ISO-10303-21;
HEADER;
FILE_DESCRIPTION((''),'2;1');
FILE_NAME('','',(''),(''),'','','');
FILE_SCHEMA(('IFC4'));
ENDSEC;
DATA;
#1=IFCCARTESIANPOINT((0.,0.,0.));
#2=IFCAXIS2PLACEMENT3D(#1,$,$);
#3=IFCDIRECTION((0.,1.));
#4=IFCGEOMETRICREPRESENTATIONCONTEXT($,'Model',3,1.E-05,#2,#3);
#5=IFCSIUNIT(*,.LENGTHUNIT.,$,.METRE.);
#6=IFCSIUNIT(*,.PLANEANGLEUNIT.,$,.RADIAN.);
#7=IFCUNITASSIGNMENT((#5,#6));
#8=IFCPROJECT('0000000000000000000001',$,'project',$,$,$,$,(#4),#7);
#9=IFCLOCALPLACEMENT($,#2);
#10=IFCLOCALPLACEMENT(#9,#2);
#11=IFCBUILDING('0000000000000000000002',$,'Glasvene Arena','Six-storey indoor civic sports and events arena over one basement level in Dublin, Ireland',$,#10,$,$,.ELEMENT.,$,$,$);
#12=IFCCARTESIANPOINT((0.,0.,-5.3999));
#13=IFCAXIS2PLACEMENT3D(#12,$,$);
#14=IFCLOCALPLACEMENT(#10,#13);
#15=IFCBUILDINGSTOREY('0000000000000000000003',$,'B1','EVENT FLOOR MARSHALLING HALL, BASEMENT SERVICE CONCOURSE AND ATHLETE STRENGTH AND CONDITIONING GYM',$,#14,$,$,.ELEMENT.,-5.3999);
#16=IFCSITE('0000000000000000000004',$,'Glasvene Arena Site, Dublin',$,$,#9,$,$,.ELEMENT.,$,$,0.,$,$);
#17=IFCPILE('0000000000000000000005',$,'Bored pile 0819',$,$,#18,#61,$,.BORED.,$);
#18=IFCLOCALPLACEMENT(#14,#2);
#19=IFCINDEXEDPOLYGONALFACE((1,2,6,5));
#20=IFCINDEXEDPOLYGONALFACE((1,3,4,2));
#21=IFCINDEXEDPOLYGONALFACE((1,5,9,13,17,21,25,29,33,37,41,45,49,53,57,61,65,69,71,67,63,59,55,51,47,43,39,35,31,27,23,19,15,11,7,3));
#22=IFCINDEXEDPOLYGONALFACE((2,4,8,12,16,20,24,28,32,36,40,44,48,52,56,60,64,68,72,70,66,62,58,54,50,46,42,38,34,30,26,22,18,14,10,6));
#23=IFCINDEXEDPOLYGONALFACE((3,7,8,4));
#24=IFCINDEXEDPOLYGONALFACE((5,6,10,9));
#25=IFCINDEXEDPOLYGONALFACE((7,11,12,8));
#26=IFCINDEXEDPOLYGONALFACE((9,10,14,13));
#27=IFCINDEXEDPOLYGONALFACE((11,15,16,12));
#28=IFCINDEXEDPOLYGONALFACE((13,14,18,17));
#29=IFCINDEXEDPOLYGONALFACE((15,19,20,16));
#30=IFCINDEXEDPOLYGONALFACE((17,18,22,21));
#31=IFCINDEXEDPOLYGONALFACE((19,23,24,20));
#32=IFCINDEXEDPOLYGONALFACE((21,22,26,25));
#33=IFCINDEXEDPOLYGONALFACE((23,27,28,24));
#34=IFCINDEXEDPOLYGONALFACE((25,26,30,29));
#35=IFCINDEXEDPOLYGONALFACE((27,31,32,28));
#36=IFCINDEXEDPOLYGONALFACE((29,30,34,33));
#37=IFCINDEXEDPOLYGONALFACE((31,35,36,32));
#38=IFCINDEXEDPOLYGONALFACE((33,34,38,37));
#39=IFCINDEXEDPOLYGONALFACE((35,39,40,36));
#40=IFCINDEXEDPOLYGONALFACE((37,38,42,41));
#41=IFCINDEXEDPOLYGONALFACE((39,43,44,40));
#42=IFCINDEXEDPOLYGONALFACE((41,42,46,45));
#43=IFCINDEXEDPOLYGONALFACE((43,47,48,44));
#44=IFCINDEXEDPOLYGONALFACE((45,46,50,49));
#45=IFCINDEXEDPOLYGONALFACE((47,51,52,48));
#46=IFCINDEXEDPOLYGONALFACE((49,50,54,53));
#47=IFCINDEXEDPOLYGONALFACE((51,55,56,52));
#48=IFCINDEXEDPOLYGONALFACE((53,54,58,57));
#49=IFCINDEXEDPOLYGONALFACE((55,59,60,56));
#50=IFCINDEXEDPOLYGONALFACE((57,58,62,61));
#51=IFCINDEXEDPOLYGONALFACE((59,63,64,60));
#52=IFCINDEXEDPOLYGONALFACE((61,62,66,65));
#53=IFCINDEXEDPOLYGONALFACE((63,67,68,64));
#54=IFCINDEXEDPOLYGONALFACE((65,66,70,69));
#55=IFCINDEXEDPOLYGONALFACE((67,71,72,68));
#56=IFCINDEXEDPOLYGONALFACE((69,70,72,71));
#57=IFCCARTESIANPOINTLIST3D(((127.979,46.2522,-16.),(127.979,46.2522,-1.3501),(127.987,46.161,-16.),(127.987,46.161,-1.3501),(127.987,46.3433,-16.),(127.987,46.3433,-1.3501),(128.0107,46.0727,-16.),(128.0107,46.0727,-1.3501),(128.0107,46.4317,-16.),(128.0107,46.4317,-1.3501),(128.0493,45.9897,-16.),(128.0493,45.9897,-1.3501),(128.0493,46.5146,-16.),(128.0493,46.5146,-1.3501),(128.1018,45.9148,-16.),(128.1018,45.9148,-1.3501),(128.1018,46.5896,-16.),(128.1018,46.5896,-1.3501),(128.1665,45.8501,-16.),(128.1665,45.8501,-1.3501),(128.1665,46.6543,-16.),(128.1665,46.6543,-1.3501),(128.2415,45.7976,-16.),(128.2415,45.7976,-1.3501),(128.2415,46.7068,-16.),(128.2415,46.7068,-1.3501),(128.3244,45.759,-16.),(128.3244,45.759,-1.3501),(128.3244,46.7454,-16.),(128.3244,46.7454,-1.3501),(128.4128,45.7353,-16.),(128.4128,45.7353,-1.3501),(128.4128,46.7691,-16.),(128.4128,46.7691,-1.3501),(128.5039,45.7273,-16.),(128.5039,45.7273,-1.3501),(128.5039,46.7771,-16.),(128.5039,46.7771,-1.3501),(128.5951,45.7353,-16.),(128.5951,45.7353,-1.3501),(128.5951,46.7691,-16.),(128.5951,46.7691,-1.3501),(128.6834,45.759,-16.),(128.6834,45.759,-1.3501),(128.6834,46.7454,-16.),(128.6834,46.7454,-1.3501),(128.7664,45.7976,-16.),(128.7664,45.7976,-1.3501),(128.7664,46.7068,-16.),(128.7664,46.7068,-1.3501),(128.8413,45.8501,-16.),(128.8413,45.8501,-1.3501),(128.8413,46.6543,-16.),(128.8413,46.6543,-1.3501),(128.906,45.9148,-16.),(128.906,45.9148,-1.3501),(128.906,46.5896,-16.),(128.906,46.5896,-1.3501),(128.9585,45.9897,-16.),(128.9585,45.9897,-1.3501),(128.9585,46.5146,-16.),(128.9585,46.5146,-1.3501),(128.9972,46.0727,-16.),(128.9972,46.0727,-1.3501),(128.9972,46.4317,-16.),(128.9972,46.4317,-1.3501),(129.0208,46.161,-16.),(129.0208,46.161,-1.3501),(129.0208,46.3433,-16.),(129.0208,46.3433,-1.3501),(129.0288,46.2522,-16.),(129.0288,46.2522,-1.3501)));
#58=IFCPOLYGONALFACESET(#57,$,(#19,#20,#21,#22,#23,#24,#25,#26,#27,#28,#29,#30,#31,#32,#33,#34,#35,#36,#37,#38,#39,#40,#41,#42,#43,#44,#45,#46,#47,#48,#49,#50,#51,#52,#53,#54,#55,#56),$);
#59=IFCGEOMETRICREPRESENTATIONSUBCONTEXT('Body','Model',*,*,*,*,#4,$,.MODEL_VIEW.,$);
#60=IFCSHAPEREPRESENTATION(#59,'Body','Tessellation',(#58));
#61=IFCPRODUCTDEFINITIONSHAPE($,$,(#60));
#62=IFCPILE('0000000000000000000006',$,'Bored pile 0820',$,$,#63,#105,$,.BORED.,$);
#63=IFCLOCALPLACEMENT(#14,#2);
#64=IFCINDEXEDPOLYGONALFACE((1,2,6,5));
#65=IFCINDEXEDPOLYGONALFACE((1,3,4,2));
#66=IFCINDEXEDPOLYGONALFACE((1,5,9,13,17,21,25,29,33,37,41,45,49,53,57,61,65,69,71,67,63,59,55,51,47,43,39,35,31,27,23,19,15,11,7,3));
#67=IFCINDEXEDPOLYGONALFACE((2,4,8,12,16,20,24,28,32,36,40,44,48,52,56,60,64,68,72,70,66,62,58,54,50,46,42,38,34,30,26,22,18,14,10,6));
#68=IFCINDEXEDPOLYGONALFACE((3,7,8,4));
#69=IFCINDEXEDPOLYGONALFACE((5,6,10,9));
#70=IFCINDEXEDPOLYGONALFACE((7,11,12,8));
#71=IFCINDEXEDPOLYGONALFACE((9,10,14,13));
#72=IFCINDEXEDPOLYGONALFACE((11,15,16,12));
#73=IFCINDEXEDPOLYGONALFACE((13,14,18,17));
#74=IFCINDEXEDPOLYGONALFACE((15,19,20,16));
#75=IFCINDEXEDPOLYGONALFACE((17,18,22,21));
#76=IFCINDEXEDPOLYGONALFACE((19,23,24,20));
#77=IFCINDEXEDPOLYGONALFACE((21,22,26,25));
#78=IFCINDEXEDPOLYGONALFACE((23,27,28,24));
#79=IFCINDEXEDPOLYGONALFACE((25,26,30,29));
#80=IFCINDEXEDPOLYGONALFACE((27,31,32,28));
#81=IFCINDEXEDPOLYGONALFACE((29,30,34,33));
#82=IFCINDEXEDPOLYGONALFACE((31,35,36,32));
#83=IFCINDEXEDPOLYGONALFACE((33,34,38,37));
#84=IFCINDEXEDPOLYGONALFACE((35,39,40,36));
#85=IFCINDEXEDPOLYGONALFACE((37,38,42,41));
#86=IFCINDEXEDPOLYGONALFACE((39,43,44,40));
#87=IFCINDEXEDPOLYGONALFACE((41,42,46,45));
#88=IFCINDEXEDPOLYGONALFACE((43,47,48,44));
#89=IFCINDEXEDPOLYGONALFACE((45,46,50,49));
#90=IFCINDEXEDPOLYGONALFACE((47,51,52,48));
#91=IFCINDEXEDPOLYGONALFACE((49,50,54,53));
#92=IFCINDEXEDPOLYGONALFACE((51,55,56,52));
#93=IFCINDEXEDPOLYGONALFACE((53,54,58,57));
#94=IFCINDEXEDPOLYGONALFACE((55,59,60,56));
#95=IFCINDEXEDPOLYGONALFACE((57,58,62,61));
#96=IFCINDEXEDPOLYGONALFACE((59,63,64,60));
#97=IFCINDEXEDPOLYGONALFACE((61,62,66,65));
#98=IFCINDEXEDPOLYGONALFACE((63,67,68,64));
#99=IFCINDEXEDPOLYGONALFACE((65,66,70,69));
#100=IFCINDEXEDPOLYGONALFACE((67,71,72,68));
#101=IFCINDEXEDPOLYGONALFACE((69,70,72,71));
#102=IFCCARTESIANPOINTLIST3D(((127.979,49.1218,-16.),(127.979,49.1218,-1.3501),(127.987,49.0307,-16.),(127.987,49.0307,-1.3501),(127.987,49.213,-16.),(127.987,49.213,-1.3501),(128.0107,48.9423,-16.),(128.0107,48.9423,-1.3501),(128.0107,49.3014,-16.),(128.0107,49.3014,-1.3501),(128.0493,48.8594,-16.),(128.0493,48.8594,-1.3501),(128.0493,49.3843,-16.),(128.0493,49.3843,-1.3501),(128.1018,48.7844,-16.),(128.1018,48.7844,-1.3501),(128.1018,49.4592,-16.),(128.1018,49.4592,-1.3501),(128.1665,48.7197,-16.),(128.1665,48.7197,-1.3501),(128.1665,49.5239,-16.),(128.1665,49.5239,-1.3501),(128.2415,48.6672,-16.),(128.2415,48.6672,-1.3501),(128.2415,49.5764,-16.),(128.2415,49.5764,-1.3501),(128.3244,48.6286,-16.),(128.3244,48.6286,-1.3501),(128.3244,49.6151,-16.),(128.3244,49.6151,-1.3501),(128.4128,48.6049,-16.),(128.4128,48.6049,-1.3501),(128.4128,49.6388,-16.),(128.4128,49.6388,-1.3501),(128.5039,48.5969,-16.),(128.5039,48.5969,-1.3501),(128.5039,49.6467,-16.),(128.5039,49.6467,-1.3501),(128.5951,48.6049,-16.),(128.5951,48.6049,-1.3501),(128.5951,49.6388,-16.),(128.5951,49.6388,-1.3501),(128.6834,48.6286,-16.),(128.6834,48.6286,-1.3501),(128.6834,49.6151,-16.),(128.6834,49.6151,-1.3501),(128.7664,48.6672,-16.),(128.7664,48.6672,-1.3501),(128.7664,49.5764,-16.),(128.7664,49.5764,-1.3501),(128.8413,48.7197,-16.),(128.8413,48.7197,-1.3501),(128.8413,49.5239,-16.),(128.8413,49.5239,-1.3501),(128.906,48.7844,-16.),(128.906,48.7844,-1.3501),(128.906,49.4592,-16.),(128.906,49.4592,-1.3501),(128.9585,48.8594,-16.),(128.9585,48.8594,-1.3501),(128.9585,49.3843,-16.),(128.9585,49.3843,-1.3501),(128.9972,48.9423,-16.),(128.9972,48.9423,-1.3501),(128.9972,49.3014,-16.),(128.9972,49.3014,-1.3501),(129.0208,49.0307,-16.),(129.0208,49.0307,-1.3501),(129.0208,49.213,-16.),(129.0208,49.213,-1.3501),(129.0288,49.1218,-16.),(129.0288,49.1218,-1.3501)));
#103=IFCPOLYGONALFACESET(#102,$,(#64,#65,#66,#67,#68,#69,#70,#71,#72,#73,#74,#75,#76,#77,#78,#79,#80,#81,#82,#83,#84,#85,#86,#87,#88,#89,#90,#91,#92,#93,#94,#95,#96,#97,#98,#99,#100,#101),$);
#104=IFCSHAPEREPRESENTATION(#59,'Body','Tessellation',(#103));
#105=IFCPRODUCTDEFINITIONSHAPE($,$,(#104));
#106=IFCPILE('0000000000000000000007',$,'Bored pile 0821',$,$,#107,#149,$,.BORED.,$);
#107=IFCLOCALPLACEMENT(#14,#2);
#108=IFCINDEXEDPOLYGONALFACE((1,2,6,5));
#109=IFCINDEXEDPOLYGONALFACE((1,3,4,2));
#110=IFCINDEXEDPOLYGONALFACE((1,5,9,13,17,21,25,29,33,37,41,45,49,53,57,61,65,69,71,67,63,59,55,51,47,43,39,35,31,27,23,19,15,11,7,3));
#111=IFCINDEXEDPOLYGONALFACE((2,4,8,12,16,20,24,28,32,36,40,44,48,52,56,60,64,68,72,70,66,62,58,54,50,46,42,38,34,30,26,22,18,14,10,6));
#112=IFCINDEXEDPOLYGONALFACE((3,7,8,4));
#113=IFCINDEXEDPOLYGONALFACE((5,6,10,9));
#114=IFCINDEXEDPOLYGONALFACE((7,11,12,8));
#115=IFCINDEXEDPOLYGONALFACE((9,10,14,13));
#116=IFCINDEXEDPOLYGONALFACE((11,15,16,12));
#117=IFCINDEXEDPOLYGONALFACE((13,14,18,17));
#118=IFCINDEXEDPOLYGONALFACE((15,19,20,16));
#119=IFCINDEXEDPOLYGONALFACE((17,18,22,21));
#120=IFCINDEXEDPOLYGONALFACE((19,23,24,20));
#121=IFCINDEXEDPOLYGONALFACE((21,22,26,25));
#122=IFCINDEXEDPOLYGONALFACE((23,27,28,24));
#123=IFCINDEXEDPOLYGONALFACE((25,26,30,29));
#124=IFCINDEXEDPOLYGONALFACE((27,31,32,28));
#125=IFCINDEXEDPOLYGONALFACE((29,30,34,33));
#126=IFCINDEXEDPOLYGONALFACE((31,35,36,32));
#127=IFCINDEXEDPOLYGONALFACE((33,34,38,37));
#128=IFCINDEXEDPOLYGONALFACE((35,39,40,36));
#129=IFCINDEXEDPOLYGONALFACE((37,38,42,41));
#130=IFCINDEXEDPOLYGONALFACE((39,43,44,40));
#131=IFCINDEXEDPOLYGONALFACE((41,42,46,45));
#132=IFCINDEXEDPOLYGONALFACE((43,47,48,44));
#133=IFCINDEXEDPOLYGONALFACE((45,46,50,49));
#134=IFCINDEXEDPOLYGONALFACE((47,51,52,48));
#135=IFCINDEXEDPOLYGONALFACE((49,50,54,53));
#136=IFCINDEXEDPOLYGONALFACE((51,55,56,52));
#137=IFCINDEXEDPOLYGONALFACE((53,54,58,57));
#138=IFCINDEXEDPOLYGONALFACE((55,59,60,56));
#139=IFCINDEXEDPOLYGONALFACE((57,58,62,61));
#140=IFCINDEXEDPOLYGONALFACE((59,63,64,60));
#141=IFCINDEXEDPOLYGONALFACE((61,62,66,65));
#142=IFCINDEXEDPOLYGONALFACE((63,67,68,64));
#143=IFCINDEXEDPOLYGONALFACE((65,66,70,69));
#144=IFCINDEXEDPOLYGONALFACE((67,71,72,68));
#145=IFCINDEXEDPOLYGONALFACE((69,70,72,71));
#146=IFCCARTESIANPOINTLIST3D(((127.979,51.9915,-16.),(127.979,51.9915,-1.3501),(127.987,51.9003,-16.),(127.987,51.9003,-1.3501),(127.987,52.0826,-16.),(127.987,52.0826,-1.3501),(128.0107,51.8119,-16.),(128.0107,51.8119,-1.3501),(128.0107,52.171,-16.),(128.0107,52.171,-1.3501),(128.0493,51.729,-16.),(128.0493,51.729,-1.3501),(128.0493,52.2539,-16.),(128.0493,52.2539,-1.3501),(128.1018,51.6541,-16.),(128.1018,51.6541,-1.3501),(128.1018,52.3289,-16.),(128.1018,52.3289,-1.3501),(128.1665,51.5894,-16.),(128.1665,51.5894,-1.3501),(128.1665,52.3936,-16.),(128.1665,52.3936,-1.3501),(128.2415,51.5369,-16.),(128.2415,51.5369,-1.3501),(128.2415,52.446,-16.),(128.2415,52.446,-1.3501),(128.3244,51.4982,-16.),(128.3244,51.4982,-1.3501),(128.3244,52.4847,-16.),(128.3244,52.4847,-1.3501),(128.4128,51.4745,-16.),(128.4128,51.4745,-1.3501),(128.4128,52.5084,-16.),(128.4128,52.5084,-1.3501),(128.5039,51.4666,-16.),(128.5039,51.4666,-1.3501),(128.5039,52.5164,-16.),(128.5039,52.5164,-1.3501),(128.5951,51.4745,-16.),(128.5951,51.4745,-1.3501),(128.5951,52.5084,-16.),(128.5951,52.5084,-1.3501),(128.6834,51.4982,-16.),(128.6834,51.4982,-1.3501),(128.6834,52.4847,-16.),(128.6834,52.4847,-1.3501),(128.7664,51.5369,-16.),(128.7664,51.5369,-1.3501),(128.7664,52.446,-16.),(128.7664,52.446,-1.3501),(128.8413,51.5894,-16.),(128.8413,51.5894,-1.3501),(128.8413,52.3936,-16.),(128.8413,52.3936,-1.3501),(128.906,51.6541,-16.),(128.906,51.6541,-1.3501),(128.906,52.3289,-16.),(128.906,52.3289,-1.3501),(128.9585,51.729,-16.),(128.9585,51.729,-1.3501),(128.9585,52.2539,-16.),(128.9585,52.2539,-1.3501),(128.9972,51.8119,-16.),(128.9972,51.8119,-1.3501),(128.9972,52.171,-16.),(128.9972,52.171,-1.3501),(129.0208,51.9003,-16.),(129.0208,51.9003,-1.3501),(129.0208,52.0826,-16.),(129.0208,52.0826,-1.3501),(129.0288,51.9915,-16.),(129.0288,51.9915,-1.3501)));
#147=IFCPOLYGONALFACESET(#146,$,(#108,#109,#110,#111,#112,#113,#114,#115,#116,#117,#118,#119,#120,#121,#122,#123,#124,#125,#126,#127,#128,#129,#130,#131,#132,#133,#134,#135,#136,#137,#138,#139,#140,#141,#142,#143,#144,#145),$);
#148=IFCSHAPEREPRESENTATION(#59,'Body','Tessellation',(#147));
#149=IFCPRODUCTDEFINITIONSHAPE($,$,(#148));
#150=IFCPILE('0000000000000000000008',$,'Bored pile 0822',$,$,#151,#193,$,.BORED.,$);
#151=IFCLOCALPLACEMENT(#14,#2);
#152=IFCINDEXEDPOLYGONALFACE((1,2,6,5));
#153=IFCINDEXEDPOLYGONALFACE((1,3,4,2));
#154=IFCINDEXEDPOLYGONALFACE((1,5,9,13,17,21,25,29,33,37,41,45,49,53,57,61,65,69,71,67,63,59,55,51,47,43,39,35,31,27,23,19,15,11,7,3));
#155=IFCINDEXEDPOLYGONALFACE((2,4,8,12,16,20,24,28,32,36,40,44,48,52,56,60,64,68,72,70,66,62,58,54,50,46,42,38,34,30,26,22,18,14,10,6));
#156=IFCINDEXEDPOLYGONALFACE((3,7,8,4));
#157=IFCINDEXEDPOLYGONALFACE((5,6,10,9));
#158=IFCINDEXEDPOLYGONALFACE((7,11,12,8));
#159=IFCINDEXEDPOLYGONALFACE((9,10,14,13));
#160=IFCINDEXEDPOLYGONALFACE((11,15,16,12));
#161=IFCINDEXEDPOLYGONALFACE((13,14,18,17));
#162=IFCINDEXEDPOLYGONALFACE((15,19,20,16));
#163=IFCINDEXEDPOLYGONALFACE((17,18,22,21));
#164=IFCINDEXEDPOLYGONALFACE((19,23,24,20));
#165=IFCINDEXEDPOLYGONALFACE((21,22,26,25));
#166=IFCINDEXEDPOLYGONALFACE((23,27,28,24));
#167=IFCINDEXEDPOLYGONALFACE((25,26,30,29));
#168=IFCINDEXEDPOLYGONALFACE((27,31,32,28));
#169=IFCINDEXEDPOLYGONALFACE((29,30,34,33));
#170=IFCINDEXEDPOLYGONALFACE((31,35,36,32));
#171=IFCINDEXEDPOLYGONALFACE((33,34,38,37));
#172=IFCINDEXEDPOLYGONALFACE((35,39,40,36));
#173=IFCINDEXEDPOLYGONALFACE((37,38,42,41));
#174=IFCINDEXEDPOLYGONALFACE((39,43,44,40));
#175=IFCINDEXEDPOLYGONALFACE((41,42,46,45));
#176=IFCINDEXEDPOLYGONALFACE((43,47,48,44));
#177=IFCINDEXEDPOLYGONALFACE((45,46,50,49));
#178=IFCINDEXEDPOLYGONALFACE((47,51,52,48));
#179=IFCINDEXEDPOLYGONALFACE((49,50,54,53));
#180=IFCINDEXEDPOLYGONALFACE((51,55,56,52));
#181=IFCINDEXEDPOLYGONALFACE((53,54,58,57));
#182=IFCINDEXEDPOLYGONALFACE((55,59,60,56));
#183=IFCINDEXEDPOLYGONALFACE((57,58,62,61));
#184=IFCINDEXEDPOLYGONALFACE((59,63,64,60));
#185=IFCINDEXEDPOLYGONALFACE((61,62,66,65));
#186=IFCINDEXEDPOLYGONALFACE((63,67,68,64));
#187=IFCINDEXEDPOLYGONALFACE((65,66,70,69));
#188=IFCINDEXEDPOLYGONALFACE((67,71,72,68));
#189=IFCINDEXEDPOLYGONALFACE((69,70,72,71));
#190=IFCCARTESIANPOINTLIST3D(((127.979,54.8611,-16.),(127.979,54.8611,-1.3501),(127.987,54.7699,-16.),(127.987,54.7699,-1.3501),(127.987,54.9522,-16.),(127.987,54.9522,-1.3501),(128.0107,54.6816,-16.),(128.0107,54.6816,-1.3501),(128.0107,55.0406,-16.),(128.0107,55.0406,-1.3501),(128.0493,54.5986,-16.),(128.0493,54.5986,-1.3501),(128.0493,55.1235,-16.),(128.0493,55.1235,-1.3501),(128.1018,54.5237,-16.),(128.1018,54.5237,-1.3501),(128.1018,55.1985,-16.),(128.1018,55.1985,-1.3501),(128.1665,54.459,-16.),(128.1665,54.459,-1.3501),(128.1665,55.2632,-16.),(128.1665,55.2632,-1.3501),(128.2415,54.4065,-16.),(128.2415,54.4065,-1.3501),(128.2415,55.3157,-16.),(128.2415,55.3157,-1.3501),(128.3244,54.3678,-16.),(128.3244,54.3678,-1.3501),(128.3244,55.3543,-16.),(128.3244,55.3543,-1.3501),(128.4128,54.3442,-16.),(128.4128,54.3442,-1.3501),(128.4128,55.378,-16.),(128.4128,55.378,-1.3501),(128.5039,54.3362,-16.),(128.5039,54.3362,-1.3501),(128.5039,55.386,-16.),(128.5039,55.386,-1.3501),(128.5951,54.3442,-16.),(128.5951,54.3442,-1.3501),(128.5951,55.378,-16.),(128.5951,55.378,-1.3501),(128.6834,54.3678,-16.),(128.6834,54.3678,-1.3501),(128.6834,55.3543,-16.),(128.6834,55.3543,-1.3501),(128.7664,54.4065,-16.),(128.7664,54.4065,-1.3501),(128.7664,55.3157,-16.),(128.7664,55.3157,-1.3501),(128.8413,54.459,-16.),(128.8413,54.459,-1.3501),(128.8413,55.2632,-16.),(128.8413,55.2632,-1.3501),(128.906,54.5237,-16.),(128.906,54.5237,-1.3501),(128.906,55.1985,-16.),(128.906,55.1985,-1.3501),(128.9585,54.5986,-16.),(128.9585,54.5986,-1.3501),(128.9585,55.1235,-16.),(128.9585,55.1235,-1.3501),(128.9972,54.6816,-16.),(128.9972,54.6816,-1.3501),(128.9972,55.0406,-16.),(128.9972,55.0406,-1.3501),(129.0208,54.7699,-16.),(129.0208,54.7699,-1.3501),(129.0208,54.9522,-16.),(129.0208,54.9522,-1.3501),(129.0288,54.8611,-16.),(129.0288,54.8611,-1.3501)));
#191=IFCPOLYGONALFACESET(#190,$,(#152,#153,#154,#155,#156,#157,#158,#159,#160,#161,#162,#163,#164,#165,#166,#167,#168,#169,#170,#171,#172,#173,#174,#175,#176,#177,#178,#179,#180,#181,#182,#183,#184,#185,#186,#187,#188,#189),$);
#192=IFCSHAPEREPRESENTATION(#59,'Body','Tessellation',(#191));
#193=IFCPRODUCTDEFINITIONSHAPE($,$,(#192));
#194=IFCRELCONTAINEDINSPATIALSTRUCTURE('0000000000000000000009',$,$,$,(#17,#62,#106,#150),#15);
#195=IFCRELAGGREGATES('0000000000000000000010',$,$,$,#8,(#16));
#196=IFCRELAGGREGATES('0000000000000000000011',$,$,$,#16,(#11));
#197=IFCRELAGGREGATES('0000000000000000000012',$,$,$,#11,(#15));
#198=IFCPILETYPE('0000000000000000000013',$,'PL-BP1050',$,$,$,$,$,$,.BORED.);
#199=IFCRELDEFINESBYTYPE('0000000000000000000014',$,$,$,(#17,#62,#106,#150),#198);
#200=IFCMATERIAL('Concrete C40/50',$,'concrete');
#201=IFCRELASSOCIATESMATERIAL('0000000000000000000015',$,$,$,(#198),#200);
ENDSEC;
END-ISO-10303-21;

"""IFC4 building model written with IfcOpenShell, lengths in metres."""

from ifc_helpers import new_model, si_unit, direction, frame, origin, origin_2d, place, context, subcontext, project, spatial, circle, extrude, material, material_profile, profile_set, type_object, element, save


model = new_model("IFC4")

# Units and contexts
model_context = context("Model", 3, precision=1e-05, world=origin(), true_north=direction((0.0, 1.0)))
body_context = subcontext(model_context, "Body", "Model", "MODEL_VIEW")
ifc_project = project(units=[si_unit("LENGTHUNIT", "METRE"), si_unit("PLANEANGLEUNIT", "RADIAN")], contexts=[model_context])

# Site, building, storey
site_placement = place(None, origin())
site = spatial("IfcSite", under=ifc_project, at=site_placement, Name="Glasvene Arena Site, Dublin", CompositionType="ELEMENT", RefElevation=0.0)
building_placement = place(site_placement, origin())
building = spatial("IfcBuilding", under=site, at=building_placement, Name="Glasvene Arena", Description="Six-storey indoor civic sports and events arena over one basement level in Dublin, Ireland", CompositionType="ELEMENT")
storey_placement = place(building_placement, frame((0.0, 0.0, -5.3999)))
storey = spatial("IfcBuildingStorey", under=building, at=storey_placement, Name="B1", Description="EVENT FLOOR MARSHALLING HALL, BASEMENT SERVICE CONCOURSE AND ATHLETE STRENGTH AND CONDITIONING GYM", CompositionType="ELEMENT", Elevation=-5.3999)

# Shared definitions
ifc_material_1 = material(Name="Concrete C40/50", Category="concrete")

# Piles
ifc_material_profile_1 = material_profile(ifc_material_1, circle(Radius=0.5249, at=origin_2d()), Name="BORED PILE 1050")
ifc_profile_set_1 = profile_set([ifc_material_profile_1], Name="Concrete C40/50")
pile_type = type_object("IfcPileType", Name="PL-BP1050", PredefinedType="BORED", material=ifc_profile_set_1)
for number, where, z_axis, x_axis, name in (
    (1, (128.5039, 46.2522, -1.3501), (0.0, 0.0, -1.0), (1.0, 0.0, 0.0), "Bored pile 0819"),
    (2, (128.5039, 49.1218, -1.3501), (0.0, 0.0, -1.0), (1.0, 0.0, 0.0), "Bored pile 0820"),
    (3, (128.5039, 51.9915, -1.3501), (0.0, 0.0, -1.0), (1.0, 0.0, 0.0), "Bored pile 0821"),
    (4, (128.5039, 54.8611, -1.3501), (0.0, 0.0, -1.0), (1.0, 0.0, 0.0), "Bored pile 0822"),
):
    element("IfcPile", number, at=place(storey_placement, frame(where, z_axis=z_axis, x_axis=x_axis)), inside=storey, type_object=pile_type, Name=name, PredefinedType="BORED", context=body_context, shape_type="SweptSolid", body=[
        extrude(circle(Radius=0.5249, at=origin_2d()), origin(), (0.0, 0.0, 1.0), 14.6499),
    ])

save(model, "model.ifc")
